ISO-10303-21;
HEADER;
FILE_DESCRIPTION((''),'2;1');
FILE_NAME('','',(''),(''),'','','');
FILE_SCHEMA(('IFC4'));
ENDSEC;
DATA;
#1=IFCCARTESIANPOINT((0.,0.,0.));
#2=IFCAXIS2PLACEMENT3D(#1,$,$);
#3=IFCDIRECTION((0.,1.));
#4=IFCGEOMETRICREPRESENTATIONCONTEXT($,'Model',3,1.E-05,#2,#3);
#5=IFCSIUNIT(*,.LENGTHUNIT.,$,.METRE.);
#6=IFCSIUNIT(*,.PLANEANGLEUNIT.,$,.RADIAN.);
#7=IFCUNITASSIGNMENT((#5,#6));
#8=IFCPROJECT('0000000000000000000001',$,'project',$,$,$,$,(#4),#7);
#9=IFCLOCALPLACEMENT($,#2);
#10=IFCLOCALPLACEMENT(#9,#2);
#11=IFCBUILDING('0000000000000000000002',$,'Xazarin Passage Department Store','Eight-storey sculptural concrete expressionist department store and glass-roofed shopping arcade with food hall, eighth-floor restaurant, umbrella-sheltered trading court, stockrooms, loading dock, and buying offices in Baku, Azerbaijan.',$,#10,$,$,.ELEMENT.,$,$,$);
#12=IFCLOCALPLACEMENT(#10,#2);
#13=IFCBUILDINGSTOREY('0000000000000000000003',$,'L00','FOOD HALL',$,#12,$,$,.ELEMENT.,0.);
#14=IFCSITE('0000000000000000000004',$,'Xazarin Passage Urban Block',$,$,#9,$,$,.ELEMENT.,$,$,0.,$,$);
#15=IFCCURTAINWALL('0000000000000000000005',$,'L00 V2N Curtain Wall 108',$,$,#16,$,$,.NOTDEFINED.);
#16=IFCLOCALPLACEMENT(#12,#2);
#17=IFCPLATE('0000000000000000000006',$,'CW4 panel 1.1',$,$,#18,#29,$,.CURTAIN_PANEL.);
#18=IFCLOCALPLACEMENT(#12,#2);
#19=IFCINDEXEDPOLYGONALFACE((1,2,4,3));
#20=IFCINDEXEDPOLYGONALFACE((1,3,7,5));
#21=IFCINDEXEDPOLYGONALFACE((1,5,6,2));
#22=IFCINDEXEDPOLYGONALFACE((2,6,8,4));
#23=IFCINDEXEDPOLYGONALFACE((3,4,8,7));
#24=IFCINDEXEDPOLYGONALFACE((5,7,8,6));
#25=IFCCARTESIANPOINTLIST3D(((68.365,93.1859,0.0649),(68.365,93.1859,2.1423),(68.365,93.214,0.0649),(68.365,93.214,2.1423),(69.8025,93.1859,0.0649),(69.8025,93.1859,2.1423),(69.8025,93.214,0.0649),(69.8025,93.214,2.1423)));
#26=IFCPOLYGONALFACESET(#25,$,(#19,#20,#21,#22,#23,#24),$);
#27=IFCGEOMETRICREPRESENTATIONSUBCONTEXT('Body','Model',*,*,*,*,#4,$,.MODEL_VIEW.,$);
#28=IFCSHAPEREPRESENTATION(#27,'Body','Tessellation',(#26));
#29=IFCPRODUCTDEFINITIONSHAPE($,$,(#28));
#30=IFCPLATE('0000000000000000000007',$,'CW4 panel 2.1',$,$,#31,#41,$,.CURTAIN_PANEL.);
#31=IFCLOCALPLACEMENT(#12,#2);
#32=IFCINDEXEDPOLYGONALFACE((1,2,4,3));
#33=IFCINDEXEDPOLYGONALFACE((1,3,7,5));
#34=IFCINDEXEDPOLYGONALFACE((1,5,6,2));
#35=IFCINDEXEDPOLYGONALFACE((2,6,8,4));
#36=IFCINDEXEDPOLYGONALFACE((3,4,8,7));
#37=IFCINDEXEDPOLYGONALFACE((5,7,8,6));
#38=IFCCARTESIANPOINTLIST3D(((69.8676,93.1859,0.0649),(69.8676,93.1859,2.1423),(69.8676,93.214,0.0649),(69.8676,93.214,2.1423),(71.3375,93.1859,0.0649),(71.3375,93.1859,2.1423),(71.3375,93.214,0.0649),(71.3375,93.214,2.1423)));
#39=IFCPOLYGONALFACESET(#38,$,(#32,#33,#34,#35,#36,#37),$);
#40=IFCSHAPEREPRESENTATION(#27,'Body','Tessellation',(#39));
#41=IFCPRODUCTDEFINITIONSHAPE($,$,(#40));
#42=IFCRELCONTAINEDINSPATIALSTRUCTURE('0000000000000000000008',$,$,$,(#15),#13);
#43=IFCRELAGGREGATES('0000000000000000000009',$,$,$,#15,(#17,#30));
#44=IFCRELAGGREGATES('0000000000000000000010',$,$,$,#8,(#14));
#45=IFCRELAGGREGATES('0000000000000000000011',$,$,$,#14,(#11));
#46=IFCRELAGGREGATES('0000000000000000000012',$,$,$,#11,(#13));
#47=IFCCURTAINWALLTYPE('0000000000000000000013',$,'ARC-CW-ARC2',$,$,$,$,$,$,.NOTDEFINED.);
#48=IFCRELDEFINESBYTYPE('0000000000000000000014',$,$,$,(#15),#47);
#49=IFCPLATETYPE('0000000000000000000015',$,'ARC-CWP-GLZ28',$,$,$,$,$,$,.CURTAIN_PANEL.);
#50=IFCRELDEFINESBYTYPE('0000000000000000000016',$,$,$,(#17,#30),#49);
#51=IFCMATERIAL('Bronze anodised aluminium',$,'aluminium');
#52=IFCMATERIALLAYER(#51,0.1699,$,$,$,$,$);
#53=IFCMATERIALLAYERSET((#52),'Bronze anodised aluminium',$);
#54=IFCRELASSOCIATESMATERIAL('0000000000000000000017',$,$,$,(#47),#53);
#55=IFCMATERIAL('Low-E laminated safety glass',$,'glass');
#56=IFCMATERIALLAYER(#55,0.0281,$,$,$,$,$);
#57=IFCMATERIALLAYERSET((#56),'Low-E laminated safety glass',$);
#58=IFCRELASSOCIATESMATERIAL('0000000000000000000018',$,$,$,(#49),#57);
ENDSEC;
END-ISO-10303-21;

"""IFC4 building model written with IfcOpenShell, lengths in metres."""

from ifc_helpers import new_model, si_unit, direction, frame, origin, origin_2d, place, context, subcontext, project, spatial, rectangle, extrude, material, layer, layer_set, type_object, element, aggregate, save


model = new_model("IFC4")

# Units and contexts
model_context = context("Model", 3, precision=1e-05, world=origin(), true_north=direction((0.0, 1.0)))
body_context = subcontext(model_context, "Body", "Model", "MODEL_VIEW")
ifc_project = project(units=[si_unit("LENGTHUNIT", "METRE"), si_unit("PLANEANGLEUNIT", "RADIAN")], contexts=[model_context])

# Site, building, storey
site_placement = place(None, origin())
site = spatial("IfcSite", under=ifc_project, at=site_placement, Name="Xazarin Passage Urban Block", CompositionType="ELEMENT", RefElevation=0.0)
building_placement = place(site_placement, origin())
building = spatial("IfcBuilding", under=site, at=building_placement, Name="Xazarin Passage Department Store", Description="Eight-storey sculptural concrete expressionist department store and glass-roofed shopping arcade with food hall, eighth-floor restaurant, umbrella-sheltered trading court, stockrooms, loading dock, and buying offices in Baku, Azerbaijan.", CompositionType="ELEMENT")
storey_placement = place(building_placement, origin())
storey = spatial("IfcBuildingStorey", under=building, at=storey_placement, Name="L00", Description="FOOD HALL", CompositionType="ELEMENT", Elevation=0.0)

# Curtain wall, plates
ifc_material_1 = material(Name="Bronze anodised aluminium", Category="aluminium")
ifc_layer_1 = layer(ifc_material_1, 0.1699)
ifc_layer_set_1 = layer_set([ifc_layer_1], Name="Bronze anodised aluminium")
curtain_wall_type = type_object("IfcCurtainWallType", Name="ARC-CW-ARC2", PredefinedType="NOTDEFINED", material=ifc_layer_set_1)
curtain_wall_placement = place(storey_placement, origin())
curtain_wall = element("IfcCurtainWall", 1, at=curtain_wall_placement, inside=storey, type_object=curtain_wall_type, Name="L00 V2N Curtain Wall 108", PredefinedType="NOTDEFINED")
ifc_material_2 = material(Name="Low-E laminated safety glass", Category="glass")
ifc_layer_2 = layer(ifc_material_2, 0.0281)
ifc_layer_set_2 = layer_set([ifc_layer_2], Name="Low-E laminated safety glass")
plate_type = type_object("IfcPlateType", Name="ARC-CWP-GLZ28", PredefinedType="CURTAIN_PANEL", material=ifc_layer_set_2)
plate_1_placement = place(storey_placement, frame((69.0837, 93.2, 0.0649), z_axis=(0.0, 0.0, 1.0), x_axis=(1.0, 0.0, 0.0)))
plate_1 = element("IfcPlate", 2, at=plate_1_placement, type_object=plate_type, Name="CW4 panel 1.1", PredefinedType="CURTAIN_PANEL", context=body_context, shape_type="SweptSolid", body=[
    extrude(rectangle(XDim=1.4375, YDim=0.0281, at=origin_2d()), origin(), (0.0, 0.0, 1.0), 2.0774),
])
plate_2_placement = place(storey_placement, frame((70.6025, 93.2, 0.0649), z_axis=(0.0, 0.0, 1.0), x_axis=(1.0, 0.0, 0.0)))
plate_2 = element("IfcPlate", 3, at=plate_2_placement, type_object=plate_type, Name="CW4 panel 2.1", PredefinedType="CURTAIN_PANEL", context=body_context, shape_type="SweptSolid", body=[
    extrude(rectangle(XDim=1.47, YDim=0.0281, at=origin_2d()), origin(), (0.0, 0.0, 1.0), 2.0774),
])
aggregate(curtain_wall, [plate_1, plate_2])

save(model, "model.ifc")
